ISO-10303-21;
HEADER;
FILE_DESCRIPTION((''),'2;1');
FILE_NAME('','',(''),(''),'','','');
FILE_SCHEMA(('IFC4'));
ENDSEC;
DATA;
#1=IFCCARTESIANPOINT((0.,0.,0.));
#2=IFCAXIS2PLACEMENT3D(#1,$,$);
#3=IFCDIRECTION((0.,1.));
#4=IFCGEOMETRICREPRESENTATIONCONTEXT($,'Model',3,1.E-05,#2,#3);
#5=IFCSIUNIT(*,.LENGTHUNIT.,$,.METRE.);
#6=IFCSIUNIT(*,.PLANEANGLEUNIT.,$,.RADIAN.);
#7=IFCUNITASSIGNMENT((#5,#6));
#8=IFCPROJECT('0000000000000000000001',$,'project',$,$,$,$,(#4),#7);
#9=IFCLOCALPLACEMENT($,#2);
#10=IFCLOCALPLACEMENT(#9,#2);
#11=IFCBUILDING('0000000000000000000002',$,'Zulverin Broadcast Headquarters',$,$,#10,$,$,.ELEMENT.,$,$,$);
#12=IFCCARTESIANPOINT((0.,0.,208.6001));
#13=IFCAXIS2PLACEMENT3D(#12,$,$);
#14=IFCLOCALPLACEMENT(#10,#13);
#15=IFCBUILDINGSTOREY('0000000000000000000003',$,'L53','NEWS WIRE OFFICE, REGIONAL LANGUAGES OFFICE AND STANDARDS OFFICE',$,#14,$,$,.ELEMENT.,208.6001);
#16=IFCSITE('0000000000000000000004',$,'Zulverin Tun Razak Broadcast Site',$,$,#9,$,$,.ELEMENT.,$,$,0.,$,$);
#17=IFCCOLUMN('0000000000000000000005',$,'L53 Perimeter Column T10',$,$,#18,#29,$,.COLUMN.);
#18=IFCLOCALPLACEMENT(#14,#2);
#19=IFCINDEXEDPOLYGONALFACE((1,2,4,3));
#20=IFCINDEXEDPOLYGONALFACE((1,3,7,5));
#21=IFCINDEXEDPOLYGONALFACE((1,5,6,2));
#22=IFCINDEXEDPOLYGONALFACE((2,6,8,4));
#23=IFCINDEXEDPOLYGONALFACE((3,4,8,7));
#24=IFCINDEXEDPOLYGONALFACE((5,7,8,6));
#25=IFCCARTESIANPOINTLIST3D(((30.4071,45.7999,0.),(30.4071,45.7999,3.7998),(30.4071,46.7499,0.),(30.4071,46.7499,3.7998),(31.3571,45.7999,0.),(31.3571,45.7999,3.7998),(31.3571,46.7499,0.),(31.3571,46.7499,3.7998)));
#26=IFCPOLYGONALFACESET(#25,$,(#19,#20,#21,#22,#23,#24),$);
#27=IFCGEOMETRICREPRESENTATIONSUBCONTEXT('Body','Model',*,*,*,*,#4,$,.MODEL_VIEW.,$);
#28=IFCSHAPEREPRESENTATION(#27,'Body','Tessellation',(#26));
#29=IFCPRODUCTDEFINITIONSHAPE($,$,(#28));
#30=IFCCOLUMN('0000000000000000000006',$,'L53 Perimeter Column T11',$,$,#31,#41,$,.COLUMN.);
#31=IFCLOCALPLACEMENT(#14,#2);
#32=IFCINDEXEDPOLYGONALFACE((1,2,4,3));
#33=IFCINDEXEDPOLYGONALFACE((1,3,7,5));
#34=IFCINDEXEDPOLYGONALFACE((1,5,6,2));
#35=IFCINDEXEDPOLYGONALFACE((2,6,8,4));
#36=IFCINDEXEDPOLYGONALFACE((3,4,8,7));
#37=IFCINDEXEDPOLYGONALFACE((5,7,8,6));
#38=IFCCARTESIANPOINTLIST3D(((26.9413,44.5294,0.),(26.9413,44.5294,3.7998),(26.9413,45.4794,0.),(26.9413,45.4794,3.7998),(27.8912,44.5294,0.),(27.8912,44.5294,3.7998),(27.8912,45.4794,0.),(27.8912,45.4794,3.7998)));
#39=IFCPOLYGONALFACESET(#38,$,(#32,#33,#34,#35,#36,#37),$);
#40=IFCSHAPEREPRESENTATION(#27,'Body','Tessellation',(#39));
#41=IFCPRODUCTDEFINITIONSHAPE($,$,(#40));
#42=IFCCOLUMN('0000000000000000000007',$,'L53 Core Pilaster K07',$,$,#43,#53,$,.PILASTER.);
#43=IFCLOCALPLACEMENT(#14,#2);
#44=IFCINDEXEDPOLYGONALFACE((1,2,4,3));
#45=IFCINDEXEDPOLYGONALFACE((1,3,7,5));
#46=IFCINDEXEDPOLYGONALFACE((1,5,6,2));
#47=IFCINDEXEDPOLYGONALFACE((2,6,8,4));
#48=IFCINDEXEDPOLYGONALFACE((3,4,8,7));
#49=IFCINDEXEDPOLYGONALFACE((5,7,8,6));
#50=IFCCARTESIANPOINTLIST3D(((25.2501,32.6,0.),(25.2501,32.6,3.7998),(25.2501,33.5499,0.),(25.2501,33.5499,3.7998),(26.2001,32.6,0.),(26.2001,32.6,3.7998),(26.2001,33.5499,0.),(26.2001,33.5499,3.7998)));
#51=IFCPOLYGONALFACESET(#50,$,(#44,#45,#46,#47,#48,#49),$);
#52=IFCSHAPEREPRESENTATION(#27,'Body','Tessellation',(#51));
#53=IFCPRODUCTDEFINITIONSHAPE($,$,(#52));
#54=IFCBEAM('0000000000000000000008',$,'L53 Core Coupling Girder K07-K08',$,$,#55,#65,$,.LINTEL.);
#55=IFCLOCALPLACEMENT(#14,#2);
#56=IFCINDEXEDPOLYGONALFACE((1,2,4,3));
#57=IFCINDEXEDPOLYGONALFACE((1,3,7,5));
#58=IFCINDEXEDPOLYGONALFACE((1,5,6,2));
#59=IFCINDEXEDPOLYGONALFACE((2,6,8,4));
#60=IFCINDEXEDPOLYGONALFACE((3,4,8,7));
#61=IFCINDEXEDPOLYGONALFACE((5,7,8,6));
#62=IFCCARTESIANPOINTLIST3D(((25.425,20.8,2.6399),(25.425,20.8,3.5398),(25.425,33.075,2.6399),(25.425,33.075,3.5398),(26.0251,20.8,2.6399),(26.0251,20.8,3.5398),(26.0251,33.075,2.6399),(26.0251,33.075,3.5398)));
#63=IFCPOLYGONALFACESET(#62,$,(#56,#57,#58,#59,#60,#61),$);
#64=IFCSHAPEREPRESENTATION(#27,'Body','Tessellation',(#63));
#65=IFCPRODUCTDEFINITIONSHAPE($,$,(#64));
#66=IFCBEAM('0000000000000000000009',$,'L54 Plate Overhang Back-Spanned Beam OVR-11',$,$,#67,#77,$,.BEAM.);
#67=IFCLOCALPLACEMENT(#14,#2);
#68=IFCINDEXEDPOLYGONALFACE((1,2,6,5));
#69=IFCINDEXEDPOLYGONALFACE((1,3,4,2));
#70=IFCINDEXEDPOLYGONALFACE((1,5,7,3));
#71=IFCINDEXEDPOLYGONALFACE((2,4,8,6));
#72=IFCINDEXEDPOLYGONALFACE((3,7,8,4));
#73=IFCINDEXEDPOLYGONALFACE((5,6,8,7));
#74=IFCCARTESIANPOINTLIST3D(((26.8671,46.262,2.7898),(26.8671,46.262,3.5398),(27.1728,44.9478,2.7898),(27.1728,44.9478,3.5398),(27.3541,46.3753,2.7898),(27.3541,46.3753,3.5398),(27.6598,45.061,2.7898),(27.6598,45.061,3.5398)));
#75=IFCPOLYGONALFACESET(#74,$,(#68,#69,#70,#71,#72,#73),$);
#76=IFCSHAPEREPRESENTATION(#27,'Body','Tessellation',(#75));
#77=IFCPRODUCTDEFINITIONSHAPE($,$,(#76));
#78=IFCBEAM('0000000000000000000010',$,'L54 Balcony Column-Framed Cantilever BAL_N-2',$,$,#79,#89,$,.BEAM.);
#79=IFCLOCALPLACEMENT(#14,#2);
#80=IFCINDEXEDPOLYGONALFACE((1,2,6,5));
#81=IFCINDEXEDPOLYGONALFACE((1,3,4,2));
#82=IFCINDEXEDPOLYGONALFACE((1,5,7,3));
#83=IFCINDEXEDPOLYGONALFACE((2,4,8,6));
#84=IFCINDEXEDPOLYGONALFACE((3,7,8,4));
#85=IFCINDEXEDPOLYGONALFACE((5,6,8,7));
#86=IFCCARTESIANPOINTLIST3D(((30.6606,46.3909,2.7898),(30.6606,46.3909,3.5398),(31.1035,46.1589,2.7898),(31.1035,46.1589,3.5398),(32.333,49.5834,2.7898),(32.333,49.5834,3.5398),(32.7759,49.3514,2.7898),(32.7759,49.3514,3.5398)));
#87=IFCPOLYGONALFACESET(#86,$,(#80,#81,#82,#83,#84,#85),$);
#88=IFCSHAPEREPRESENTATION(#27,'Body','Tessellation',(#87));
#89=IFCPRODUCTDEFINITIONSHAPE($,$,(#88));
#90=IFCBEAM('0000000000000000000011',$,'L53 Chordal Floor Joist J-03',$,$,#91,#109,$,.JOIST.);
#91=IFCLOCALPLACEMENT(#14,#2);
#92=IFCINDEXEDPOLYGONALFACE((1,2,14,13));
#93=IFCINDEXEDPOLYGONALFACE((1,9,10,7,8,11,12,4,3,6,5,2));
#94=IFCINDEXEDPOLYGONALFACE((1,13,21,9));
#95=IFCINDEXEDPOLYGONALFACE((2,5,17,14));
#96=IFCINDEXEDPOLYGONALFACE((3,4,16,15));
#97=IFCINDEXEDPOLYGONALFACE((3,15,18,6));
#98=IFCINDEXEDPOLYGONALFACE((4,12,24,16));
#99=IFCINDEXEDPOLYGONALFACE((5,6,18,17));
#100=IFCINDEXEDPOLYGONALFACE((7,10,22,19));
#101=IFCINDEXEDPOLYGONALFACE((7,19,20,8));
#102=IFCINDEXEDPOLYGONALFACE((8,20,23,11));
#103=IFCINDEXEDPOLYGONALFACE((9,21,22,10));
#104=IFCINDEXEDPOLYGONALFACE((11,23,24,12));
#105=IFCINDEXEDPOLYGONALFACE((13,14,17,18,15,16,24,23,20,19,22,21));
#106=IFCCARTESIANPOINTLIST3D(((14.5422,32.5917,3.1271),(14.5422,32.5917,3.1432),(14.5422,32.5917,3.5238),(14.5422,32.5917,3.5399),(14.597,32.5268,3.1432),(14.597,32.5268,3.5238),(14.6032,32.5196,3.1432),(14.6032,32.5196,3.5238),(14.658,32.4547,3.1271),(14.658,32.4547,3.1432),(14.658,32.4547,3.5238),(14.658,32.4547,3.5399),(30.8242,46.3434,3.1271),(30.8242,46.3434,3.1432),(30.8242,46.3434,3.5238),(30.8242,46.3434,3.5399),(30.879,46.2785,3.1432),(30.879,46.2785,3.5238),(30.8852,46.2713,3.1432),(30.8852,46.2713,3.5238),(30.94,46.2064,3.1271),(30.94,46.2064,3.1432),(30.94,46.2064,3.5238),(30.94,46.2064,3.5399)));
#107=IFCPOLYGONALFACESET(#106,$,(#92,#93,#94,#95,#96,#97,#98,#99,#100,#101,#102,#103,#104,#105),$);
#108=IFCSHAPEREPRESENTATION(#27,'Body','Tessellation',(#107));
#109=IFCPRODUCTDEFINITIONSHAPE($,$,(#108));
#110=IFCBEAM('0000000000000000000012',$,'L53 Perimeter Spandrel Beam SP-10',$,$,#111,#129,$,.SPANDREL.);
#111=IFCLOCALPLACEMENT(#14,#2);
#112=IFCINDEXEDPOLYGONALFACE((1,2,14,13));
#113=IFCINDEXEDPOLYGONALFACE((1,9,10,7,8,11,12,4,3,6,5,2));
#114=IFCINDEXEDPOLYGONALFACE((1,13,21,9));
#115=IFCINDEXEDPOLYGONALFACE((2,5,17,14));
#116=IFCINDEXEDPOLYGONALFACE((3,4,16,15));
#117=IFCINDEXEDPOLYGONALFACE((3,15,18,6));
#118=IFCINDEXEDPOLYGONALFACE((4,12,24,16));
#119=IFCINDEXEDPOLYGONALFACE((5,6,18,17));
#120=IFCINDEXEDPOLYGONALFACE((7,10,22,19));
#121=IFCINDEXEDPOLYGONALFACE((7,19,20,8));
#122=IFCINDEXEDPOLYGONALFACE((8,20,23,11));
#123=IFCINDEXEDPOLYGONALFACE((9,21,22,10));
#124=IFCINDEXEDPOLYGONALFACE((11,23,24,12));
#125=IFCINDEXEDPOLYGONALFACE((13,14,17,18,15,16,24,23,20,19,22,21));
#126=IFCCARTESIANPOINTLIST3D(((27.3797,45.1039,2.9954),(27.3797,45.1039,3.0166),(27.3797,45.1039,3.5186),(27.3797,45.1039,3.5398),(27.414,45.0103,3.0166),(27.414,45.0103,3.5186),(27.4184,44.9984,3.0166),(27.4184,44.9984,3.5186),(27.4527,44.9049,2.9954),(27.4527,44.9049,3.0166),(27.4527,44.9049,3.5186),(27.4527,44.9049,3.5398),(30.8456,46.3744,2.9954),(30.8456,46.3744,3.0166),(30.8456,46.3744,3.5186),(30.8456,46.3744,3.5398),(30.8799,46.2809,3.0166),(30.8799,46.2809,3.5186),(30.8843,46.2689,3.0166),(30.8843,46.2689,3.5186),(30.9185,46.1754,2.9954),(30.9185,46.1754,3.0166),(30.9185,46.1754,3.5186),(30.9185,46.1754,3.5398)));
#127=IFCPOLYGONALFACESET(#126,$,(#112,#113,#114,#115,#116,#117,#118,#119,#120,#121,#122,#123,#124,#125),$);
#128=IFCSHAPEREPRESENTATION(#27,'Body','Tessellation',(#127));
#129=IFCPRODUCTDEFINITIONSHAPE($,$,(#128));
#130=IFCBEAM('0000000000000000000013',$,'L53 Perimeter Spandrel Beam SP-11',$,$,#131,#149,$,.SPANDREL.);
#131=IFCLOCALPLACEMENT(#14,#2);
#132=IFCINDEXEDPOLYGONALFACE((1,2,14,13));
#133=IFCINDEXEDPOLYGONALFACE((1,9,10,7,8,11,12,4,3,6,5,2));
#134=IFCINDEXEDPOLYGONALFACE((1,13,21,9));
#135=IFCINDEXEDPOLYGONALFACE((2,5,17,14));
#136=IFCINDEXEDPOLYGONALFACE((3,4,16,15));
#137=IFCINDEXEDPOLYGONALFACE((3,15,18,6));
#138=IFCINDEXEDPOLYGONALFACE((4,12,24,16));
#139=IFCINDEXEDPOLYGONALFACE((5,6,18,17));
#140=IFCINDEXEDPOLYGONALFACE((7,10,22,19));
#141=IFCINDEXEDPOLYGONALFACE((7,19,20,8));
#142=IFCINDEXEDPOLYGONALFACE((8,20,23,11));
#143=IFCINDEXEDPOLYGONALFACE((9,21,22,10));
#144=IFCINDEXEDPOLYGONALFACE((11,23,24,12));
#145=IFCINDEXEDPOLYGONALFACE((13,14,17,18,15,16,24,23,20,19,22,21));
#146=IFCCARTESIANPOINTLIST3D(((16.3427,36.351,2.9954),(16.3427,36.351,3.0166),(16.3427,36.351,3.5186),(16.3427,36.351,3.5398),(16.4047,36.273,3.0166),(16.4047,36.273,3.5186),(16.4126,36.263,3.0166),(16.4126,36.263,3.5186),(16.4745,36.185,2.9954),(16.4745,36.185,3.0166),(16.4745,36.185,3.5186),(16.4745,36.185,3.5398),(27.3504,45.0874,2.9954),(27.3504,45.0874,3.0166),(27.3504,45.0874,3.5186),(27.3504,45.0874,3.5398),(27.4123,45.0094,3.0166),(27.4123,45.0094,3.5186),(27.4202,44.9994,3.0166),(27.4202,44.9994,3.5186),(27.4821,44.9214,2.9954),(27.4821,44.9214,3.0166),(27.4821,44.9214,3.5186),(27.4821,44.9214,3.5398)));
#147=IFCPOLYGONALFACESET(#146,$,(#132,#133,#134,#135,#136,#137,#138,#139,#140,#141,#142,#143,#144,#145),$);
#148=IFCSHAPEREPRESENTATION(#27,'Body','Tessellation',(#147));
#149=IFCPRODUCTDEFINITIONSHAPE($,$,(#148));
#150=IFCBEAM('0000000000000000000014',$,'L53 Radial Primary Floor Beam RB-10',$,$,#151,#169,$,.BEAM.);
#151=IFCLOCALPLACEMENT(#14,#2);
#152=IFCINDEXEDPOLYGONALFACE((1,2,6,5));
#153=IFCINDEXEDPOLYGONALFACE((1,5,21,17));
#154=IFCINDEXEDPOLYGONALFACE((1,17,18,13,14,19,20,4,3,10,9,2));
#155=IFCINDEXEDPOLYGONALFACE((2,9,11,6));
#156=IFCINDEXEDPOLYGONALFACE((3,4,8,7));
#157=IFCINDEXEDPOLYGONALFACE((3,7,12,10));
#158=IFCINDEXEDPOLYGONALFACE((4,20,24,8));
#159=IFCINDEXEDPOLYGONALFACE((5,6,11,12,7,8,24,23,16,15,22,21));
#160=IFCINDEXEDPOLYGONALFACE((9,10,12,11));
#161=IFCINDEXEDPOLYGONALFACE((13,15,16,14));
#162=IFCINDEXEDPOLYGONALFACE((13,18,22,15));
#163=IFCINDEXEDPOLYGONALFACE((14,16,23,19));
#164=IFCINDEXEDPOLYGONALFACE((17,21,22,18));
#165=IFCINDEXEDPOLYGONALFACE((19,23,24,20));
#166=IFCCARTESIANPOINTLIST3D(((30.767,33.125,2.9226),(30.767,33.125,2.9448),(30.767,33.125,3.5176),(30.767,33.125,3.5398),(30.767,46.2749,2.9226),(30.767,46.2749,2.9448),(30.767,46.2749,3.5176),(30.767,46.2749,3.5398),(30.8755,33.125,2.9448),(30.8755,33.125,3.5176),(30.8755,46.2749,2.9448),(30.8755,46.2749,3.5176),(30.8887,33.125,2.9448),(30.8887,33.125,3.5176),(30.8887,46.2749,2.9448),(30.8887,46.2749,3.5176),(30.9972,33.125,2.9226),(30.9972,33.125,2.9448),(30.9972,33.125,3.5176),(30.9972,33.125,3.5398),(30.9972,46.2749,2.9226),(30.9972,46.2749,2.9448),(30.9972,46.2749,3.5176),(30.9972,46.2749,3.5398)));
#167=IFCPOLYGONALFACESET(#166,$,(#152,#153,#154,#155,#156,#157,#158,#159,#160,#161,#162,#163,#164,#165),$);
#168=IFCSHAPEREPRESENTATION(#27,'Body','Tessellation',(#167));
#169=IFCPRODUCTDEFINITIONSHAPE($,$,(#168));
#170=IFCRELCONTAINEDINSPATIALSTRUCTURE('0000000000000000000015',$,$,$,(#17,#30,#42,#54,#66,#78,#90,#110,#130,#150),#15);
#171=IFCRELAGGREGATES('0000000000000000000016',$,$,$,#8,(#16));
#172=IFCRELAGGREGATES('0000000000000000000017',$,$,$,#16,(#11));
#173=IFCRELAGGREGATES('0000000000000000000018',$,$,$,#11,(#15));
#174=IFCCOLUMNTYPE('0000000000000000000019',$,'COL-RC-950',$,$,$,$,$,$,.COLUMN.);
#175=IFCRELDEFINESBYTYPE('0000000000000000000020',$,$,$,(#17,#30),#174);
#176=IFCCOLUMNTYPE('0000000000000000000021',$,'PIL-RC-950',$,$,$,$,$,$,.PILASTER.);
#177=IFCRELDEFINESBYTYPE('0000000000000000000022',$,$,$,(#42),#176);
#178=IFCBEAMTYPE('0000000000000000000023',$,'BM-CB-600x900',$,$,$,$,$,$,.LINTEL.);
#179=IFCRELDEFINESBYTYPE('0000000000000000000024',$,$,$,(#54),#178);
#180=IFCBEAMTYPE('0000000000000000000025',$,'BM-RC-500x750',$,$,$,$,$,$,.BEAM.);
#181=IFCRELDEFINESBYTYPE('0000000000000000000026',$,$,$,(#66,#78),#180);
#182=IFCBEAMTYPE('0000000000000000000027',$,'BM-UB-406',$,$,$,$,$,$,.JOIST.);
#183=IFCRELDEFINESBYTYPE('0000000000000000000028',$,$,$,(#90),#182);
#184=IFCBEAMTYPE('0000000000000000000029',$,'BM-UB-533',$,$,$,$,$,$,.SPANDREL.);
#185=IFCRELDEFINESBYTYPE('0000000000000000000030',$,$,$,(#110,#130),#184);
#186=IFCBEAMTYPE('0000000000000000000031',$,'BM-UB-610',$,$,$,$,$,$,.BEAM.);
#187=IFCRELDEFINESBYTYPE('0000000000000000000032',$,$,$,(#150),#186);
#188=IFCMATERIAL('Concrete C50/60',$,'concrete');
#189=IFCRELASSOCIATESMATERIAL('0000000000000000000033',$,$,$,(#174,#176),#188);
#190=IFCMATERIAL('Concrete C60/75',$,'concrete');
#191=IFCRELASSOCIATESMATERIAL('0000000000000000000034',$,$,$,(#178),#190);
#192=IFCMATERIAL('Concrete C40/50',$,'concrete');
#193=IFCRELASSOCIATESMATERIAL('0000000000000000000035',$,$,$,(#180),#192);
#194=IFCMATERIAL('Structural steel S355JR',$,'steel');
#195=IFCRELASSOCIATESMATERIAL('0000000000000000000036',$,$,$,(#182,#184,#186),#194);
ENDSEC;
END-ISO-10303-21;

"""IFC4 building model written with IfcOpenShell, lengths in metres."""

from ifc_helpers import new_model, si_unit, direction, frame, origin, origin_2d, place, context, subcontext, project, spatial, rectangle, i_section, extrude, material, material_profile, profile_set, type_object, element, save


model = new_model("IFC4")

# Units and contexts
model_context = context("Model", 3, precision=1e-05, world=origin(), true_north=direction((0.0, 1.0)))
body_context = subcontext(model_context, "Body", "Model", "MODEL_VIEW")
ifc_project = project(units=[si_unit("LENGTHUNIT", "METRE"), si_unit("PLANEANGLEUNIT", "RADIAN")], contexts=[model_context])

# Site, building, storey
site_placement = place(None, origin())
site = spatial("IfcSite", under=ifc_project, at=site_placement, Name="Zulverin Tun Razak Broadcast Site", CompositionType="ELEMENT", RefElevation=0.0)
building_placement = place(site_placement, origin())
building = spatial("IfcBuilding", under=site, at=building_placement, Name="Zulverin Broadcast Headquarters", CompositionType="ELEMENT")
storey_placement = place(building_placement, frame((0.0, 0.0, 208.6001)))
storey = spatial("IfcBuildingStorey", under=building, at=storey_placement, Name="L53", Description="NEWS WIRE OFFICE, REGIONAL LANGUAGES OFFICE AND STANDARDS OFFICE", CompositionType="ELEMENT", Elevation=208.6001)

# Columns
ifc_material_1 = material(Name="Concrete C50/60", Category="concrete")
ifc_material_profile_1 = material_profile(ifc_material_1, rectangle(XDim=0.95, YDim=0.95, at=origin_2d()), Name="Concrete C50/60", Category="concrete")
ifc_profile_set_1 = profile_set([ifc_material_profile_1], Name="Concrete C50/60")
column_type_1 = type_object("IfcColumnType", Name="COL-RC-950", PredefinedType="COLUMN", material=ifc_profile_set_1)
for number, where, z_axis, x_axis, name in (
    (1, (30.8821, 46.2749, 0.0), (0.0, 0.0, 1.0), (1.0, 0.0, 0.0), "L53 Perimeter Column T10"),
    (2, (27.4163, 45.0044, 0.0), (0.0, 0.0, 1.0), (1.0, 0.0, 0.0), "L53 Perimeter Column T11"),
):
    element("IfcColumn", number, at=place(storey_placement, frame(where, z_axis=z_axis, x_axis=x_axis)), inside=storey, type_object=column_type_1, Name=name, PredefinedType="COLUMN", context=body_context, shape_type="SweptSolid", body=[
        extrude(rectangle(XDim=0.95, YDim=0.95, at=origin_2d()), origin(), (0.0, 0.0, 1.0), 3.7998),
    ])
ifc_material_profile_2 = material_profile(ifc_material_1, rectangle(XDim=0.95, YDim=0.95, at=origin_2d()), Name="Concrete C50/60", Category="concrete")
ifc_profile_set_2 = profile_set([ifc_material_profile_2], Name="Concrete C50/60")
column_type_2 = type_object("IfcColumnType", Name="PIL-RC-950", PredefinedType="PILASTER", material=ifc_profile_set_2)
column_placement = place(storey_placement, frame((25.7251, 33.075, 0.0), z_axis=(0.0, 0.0, 1.0), x_axis=(1.0, 0.0, 0.0)))
element("IfcColumn", 3, at=column_placement, inside=storey, type_object=column_type_2, Name="L53 Core Pilaster K07", PredefinedType="PILASTER", context=body_context, shape_type="SweptSolid", body=[
    extrude(rectangle(XDim=0.95, YDim=0.95, at=origin_2d()), origin(), (0.0, 0.0, 1.0), 3.7998),
])

# Beams
ifc_material_2 = material(Name="Concrete C60/75", Category="concrete")
ifc_material_profile_3 = material_profile(ifc_material_2, rectangle(XDim=0.6001, YDim=0.8999, at=origin_2d()), Name="Concrete C60/75", Category="concrete")
ifc_profile_set_3 = profile_set([ifc_material_profile_3], Name="Concrete C60/75")
beam_type_1 = type_object("IfcBeamType", Name="BM-CB-600x900", PredefinedType="LINTEL", material=ifc_profile_set_3)
beam_1_placement = place(storey_placement, frame((25.7251, 33.075, 3.0898), z_axis=(0.0, -1.0, 0.0), x_axis=(1.0, 0.0, 0.0)))
element("IfcBeam", 4, at=beam_1_placement, inside=storey, type_object=beam_type_1, Name="L53 Core Coupling Girder K07-K08", PredefinedType="LINTEL", context=body_context, shape_type="SweptSolid", body=[
    extrude(rectangle(XDim=0.6001, YDim=0.8999, at=origin_2d()), origin(), (0.0, 0.0, 1.0), 12.2749),
])
ifc_material_3 = material(Name="Concrete C40/50", Category="concrete")
ifc_material_profile_4 = material_profile(ifc_material_3, rectangle(XDim=0.5, YDim=0.75, at=origin_2d()), Name="Concrete C40/50", Category="concrete")
ifc_profile_set_4 = profile_set([ifc_material_profile_4], Name="Concrete C40/50")
beam_type_2 = type_object("IfcBeamType", Name="BM-RC-500x750", PredefinedType="BEAM", material=ifc_profile_set_4)
beam_2_placement = place(storey_placement, frame((27.4163, 45.0044, 3.1648), z_axis=(-0.226537, 0.974002, 0.0), x_axis=(-0.974002, -0.226537, 0.0)))
element("IfcBeam", 5, at=beam_2_placement, inside=storey, type_object=beam_type_2, Name="L54 Plate Overhang Back-Spanned Beam OVR-11", PredefinedType="BEAM", context=body_context, shape_type="SweptSolid", body=[
    extrude(rectangle(XDim=0.5, YDim=0.75, at=origin_2d()), origin(), (0.0, 0.0, 1.0), 1.3494),
])
beam_3_placement = place(storey_placement, frame((30.8821, 46.2749, 3.1648), z_axis=(0.464042, 0.885813, 0.0), x_axis=(-0.885813, 0.464042, 0.0)))
element("IfcBeam", 6, at=beam_3_placement, inside=storey, type_object=beam_type_2, Name="L54 Balcony Column-Framed Cantilever BAL_N-2", PredefinedType="BEAM", context=body_context, shape_type="SweptSolid", body=[
    extrude(rectangle(XDim=0.5, YDim=0.75, at=origin_2d()), origin(), (0.0, 0.0, 1.0), 3.604),
])
ifc_material_4 = material(Name="Structural steel S355JR", Category="steel")
ifc_material_profile_5 = material_profile(ifc_material_4, i_section(OverallWidth=0.1794, OverallDepth=0.4128, WebThickness=0.0095, FlangeThickness=0.0161, at=origin_2d()), Name="Structural steel S355JR", Category="steel")
ifc_profile_set_5 = profile_set([ifc_material_profile_5], Name="Structural steel S355JR")
beam_type_3 = type_object("IfcBeamType", Name="BM-UB-406", PredefinedType="JOIST", material=ifc_profile_set_5)
beam_4_placement = place(storey_placement, frame((30.8821, 46.2749, 3.3335), z_axis=(-0.763973, -0.645249, 0.0), x_axis=(0.645249, -0.763973, 0.0)))
element("IfcBeam", 7, at=beam_4_placement, inside=storey, type_object=beam_type_3, Name="L53 Chordal Floor Joist J-03", PredefinedType="JOIST", context=body_context, shape_type="SweptSolid", body=[
    extrude(i_section(OverallWidth=0.1794, OverallDepth=0.4128, WebThickness=0.0095, FlangeThickness=0.0161, at=origin_2d()), origin(), (0.0, 0.0, 1.0), 21.3123),
])
ifc_material_profile_6 = material_profile(ifc_material_4, i_section(OverallWidth=0.2119, OverallDepth=0.5444, WebThickness=0.0127, FlangeThickness=0.0212, at=origin_2d()), Name="Structural steel S355JR", Category="steel")
ifc_profile_set_6 = profile_set([ifc_material_profile_6], Name="Structural steel S355JR")
beam_type_4 = type_object("IfcBeamType", Name="BM-UB-533", PredefinedType="SPANDREL", material=ifc_profile_set_6)
beam_5_placement = place(storey_placement, frame((30.8821, 46.2749, 3.2676), z_axis=(-0.938902, -0.344185, 0.0), x_axis=(0.344185, -0.938902, 0.0)))
element("IfcBeam", 8, at=beam_5_placement, inside=storey, type_object=beam_type_4, Name="L53 Perimeter Spandrel Beam SP-10", PredefinedType="SPANDREL", context=body_context, shape_type="SweptSolid", body=[
    extrude(i_section(OverallWidth=0.2119, OverallDepth=0.5444, WebThickness=0.0127, FlangeThickness=0.0212, at=origin_2d()), origin(), (0.0, 0.0, 1.0), 3.6914),
])
beam_6_placement = place(storey_placement, frame((27.4163, 45.0044, 3.2676), z_axis=(-0.783283, -0.621665, 0.0), x_axis=(0.621665, -0.783283, 0.0)))
element("IfcBeam", 9, at=beam_6_placement, inside=storey, type_object=beam_type_4, Name="L53 Perimeter Spandrel Beam SP-11", PredefinedType="SPANDREL", context=body_context, shape_type="SweptSolid", body=[
    extrude(i_section(OverallWidth=0.2119, OverallDepth=0.5444, WebThickness=0.0127, FlangeThickness=0.0212, at=origin_2d()), origin(), (0.0, 0.0, 1.0), 14.0532),
])
ifc_material_profile_7 = material_profile(ifc_material_4, i_section(OverallWidth=0.2302, OverallDepth=0.6172, WebThickness=0.0132, FlangeThickness=0.0222, at=origin_2d()), Name="Structural steel S355JR", Category="steel")
ifc_profile_set_7 = profile_set([ifc_material_profile_7], Name="Structural steel S355JR")
beam_type_5 = type_object("IfcBeamType", Name="BM-UB-610", PredefinedType="BEAM", material=ifc_profile_set_7)
beam_7_placement = place(storey_placement, frame((30.8821, 33.125, 3.2312), z_axis=(0.0, 1.0, 0.0), x_axis=(-1.0, 0.0, 0.0)))
element("IfcBeam", 10, at=beam_7_placement, inside=storey, type_object=beam_type_5, Name="L53 Radial Primary Floor Beam RB-10", PredefinedType="BEAM", context=body_context, shape_type="SweptSolid", body=[
    extrude(i_section(OverallWidth=0.2302, OverallDepth=0.6172, WebThickness=0.0132, FlangeThickness=0.0222, at=origin_2d()), origin(), (0.0, 0.0, 1.0), 13.1499),
])

save(model, "model.ifc")
